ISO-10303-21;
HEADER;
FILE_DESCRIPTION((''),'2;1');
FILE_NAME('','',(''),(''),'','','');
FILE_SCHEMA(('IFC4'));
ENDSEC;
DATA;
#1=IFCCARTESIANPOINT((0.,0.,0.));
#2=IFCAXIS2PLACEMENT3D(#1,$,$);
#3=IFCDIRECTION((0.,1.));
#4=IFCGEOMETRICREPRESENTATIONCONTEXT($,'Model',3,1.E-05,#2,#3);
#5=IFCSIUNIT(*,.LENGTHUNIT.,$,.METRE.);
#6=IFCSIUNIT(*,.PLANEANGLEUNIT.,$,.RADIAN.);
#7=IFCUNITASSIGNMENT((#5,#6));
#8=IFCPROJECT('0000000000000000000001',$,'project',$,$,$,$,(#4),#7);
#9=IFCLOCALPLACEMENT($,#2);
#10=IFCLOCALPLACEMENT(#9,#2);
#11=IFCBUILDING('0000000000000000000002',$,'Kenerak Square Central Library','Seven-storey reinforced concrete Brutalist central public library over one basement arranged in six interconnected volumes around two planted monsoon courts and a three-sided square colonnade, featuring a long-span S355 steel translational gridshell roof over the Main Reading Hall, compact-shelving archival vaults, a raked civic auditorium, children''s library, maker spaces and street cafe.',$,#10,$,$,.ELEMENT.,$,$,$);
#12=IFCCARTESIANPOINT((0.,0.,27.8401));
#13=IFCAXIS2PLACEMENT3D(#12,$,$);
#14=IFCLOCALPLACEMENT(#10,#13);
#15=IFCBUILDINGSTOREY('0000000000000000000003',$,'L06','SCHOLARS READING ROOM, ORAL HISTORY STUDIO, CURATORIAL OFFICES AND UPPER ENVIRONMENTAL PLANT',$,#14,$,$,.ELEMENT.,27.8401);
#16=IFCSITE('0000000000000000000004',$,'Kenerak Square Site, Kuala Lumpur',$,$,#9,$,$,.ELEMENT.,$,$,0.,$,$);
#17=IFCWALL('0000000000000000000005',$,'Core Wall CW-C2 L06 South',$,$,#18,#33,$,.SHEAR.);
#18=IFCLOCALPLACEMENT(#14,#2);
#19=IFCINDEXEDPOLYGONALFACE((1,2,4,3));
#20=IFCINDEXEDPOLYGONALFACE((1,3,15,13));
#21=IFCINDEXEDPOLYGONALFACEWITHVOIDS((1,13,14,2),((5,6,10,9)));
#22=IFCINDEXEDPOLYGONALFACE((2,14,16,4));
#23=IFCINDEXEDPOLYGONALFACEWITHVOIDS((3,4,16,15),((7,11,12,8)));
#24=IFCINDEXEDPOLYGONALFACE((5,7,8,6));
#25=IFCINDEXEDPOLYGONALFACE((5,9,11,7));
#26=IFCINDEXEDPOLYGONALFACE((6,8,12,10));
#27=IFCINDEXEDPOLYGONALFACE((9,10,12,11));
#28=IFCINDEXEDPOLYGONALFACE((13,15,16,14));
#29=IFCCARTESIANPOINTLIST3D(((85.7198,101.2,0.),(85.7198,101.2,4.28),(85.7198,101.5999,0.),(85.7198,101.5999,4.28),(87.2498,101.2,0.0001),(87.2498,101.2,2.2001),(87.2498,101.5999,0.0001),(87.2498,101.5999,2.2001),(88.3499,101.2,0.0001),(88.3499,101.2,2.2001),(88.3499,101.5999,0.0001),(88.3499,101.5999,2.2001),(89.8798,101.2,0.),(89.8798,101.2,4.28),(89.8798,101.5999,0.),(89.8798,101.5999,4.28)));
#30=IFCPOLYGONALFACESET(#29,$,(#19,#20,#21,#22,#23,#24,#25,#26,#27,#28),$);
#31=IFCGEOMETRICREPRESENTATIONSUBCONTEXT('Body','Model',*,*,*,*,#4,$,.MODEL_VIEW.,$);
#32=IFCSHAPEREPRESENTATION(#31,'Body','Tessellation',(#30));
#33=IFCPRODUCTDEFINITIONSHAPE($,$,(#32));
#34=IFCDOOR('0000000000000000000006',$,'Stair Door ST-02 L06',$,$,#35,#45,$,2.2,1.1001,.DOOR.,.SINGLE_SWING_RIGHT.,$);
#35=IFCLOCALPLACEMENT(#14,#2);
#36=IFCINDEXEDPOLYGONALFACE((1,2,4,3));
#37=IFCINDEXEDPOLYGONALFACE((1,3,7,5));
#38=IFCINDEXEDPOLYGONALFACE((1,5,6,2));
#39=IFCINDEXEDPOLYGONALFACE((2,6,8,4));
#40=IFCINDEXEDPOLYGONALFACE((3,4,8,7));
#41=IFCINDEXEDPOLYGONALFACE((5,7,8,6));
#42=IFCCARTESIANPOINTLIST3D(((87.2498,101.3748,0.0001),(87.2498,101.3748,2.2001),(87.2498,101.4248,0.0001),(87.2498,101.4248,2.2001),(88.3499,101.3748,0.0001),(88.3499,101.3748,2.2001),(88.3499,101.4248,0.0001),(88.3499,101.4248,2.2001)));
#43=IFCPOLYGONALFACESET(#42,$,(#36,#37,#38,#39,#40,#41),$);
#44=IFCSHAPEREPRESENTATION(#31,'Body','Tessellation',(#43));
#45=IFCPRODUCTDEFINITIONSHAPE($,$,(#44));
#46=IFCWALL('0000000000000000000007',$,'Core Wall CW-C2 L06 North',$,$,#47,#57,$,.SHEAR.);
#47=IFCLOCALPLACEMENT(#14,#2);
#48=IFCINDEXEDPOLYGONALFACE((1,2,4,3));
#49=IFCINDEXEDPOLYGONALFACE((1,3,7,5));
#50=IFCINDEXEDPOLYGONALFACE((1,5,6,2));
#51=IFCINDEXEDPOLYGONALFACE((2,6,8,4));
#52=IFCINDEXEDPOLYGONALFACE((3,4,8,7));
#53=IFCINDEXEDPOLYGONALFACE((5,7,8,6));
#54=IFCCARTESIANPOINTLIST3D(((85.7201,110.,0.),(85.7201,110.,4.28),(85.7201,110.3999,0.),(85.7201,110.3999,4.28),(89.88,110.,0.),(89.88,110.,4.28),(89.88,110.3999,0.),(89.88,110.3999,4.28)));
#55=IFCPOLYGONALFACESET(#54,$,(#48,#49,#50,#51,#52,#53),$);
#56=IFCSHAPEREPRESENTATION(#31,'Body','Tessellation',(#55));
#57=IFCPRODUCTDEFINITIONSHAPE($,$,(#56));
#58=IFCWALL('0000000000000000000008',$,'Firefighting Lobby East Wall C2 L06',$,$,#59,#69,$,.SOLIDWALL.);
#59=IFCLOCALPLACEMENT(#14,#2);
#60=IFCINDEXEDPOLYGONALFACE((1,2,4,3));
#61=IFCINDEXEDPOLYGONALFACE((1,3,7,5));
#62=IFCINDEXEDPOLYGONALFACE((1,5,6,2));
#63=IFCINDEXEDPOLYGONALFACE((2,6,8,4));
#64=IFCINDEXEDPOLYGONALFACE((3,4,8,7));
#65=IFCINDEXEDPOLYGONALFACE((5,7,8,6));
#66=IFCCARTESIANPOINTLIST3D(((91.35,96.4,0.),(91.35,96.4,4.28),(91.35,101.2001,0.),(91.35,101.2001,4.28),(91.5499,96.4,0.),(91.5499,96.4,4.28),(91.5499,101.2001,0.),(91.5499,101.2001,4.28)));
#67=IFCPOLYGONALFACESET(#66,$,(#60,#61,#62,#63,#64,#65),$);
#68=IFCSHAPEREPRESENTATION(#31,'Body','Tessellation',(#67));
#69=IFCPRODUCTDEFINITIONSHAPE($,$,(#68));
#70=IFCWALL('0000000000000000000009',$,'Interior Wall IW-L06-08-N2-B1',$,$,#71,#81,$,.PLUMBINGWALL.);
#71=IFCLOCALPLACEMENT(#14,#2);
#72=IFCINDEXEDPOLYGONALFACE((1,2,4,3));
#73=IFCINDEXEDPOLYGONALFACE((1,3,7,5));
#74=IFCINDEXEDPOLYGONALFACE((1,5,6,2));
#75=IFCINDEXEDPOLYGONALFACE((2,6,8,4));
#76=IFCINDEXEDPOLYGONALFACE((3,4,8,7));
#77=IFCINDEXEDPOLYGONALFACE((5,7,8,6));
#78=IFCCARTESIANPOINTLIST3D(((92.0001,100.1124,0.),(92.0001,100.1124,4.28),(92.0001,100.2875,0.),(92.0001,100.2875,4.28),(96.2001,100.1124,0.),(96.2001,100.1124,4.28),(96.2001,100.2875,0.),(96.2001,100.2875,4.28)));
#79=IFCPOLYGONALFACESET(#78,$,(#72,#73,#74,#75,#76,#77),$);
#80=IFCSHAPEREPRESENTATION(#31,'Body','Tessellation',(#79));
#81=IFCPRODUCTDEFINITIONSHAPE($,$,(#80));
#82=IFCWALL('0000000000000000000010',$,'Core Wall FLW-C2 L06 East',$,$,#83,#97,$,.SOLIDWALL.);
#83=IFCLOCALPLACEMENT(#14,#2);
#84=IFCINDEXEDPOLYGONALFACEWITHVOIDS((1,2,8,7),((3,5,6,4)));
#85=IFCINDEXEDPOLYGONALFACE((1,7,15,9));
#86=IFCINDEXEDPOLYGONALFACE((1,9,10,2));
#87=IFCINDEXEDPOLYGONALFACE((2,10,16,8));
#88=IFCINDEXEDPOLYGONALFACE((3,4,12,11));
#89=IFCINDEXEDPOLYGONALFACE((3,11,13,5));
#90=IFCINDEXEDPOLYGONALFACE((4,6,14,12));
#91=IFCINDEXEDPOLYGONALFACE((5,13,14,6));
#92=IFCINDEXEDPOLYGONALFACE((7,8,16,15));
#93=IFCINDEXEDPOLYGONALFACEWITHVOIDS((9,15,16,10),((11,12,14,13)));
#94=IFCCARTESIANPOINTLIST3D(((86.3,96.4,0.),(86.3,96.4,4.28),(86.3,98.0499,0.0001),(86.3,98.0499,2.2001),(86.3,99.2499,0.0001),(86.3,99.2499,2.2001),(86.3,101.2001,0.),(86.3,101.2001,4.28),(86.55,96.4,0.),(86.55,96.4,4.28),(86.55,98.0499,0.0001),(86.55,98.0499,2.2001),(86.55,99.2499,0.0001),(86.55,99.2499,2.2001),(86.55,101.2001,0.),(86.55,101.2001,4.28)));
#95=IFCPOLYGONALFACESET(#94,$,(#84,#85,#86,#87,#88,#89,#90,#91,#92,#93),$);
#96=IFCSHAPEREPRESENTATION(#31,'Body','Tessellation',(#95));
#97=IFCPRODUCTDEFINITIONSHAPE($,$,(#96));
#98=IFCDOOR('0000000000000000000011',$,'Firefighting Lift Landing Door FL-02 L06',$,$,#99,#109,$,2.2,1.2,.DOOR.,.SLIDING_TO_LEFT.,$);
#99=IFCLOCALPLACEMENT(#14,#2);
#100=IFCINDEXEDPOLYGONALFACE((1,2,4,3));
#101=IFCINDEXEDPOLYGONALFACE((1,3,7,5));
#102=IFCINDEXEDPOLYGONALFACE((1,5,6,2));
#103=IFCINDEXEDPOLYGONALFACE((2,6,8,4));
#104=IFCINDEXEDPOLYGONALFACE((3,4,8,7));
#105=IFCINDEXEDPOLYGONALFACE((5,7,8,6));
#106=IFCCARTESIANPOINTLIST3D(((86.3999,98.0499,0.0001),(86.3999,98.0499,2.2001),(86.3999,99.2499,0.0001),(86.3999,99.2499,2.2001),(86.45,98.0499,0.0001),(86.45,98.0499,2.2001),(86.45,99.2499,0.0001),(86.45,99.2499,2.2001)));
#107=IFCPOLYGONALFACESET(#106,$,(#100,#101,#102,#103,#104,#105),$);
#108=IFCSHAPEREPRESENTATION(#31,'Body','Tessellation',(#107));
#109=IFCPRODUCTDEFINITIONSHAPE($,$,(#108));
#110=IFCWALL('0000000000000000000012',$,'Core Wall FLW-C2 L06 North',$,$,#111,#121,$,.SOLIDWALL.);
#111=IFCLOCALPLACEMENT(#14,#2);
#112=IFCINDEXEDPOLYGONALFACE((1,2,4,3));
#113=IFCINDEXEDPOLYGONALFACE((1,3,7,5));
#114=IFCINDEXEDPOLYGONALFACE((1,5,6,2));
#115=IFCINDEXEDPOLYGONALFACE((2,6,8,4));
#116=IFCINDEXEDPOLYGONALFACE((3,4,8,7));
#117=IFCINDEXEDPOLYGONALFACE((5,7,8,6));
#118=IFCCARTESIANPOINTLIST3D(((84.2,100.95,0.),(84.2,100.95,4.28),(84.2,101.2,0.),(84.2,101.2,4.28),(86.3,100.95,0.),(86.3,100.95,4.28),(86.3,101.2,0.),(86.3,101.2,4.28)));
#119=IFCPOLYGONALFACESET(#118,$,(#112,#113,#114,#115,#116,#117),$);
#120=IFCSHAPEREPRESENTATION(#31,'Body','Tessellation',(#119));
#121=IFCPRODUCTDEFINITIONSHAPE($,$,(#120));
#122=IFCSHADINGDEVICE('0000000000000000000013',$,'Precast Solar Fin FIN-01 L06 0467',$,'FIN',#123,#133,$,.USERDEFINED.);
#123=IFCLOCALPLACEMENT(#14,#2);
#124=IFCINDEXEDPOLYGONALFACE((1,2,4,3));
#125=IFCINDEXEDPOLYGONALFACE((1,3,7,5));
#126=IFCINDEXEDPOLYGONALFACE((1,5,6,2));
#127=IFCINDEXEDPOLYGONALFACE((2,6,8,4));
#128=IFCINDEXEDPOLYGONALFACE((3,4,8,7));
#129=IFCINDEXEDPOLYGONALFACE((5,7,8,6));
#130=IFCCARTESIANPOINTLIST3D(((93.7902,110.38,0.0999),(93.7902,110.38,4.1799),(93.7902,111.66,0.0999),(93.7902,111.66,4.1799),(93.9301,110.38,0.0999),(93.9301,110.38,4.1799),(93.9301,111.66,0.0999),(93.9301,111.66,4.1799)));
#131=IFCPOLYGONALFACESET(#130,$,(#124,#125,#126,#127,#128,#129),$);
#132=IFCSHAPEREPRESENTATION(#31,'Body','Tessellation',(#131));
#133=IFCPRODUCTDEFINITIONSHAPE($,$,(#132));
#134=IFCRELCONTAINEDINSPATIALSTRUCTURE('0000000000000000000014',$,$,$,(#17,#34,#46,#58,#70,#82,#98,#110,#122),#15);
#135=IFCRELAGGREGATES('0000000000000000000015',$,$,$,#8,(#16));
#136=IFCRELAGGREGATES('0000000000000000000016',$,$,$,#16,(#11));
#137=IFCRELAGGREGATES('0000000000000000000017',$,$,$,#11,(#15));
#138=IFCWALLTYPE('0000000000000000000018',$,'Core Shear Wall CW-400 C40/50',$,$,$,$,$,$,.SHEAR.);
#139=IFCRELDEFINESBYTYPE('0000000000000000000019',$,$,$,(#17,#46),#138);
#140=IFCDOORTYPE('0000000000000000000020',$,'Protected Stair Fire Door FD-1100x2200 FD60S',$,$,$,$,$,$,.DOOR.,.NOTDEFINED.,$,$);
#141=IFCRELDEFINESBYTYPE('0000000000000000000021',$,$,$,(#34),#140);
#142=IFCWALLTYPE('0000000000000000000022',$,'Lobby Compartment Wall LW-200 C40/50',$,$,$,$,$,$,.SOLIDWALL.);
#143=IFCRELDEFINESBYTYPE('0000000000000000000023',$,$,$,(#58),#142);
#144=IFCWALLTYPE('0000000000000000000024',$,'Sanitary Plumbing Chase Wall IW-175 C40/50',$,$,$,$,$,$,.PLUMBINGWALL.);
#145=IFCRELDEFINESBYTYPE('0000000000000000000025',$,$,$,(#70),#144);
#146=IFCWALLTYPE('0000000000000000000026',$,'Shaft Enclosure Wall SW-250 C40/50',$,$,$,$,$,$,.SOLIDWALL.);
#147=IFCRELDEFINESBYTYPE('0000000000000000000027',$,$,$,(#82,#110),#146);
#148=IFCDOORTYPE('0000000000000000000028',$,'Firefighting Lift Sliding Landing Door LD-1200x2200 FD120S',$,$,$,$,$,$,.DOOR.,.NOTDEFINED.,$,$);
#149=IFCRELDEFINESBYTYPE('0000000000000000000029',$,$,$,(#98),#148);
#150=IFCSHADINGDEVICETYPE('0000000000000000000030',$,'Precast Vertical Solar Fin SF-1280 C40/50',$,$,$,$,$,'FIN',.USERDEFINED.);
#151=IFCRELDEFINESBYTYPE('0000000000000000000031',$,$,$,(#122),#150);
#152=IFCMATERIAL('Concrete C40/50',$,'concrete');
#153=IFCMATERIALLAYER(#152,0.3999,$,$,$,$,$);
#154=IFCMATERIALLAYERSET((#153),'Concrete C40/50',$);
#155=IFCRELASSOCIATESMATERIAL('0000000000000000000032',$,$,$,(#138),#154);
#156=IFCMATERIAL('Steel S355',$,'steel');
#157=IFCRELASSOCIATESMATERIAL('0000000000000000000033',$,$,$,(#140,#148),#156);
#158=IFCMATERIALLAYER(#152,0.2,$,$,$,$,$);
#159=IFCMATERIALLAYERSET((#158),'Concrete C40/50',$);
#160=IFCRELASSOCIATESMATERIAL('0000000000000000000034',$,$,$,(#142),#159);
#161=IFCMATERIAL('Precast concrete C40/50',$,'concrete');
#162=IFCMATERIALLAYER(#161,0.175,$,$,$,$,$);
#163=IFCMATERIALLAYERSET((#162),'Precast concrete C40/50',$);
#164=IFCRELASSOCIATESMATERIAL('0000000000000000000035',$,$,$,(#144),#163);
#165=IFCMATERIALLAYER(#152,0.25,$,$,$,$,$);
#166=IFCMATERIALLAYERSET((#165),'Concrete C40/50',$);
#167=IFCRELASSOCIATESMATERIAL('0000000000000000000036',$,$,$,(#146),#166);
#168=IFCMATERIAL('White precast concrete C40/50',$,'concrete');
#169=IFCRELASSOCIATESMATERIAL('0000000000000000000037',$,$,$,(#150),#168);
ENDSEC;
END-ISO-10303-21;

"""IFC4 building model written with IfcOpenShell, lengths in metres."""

from ifc_helpers import new_model, si_unit, direction, frame, frame_2d, origin, origin_2d, place, context, subcontext, project, spatial, rectangle, extrude, material, layer, layer_set, type_object, element, fill, save


model = new_model("IFC4")

# Units and contexts
model_context = context("Model", 3, precision=1e-05, world=origin(), true_north=direction((0.0, 1.0)))
body_context = subcontext(model_context, "Body", "Model", "MODEL_VIEW")
ifc_project = project(units=[si_unit("LENGTHUNIT", "METRE"), si_unit("PLANEANGLEUNIT", "RADIAN")], contexts=[model_context])

# Site, building, storey
site_placement = place(None, origin())
site = spatial("IfcSite", under=ifc_project, at=site_placement, Name="Kenerak Square Site, Kuala Lumpur", CompositionType="ELEMENT", RefElevation=0.0)
building_placement = place(site_placement, origin())
building = spatial("IfcBuilding", under=site, at=building_placement, Name="Kenerak Square Central Library", Description="Seven-storey reinforced concrete Brutalist central public library over one basement arranged in six interconnected volumes around two planted monsoon courts and a three-sided square colonnade, featuring a long-span S355 steel translational gridshell roof over the Main Reading Hall, compact-shelving archival vaults, a raked civic auditorium, children's library, maker spaces and street cafe.", CompositionType="ELEMENT")
storey_placement = place(building_placement, frame((0.0, 0.0, 27.8401)))
storey = spatial("IfcBuildingStorey", under=building, at=storey_placement, Name="L06", Description="SCHOLARS READING ROOM, ORAL HISTORY STUDIO, CURATORIAL OFFICES AND UPPER ENVIRONMENTAL PLANT", CompositionType="ELEMENT", Elevation=27.8401)

# Shared definitions
ifc_material_1 = material(Name="Concrete C40/50", Category="concrete")

# Shared definitions
ifc_layer_1 = layer(ifc_material_1, 0.3999)
ifc_layer_set_1 = layer_set([ifc_layer_1], Name="Concrete C40/50")
wall_type_1 = type_object("IfcWallType", Name="Core Shear Wall CW-400 C40/50", PredefinedType="SHEAR", material=ifc_layer_set_1)

# Wall, opening, door
wall_1_placement = place(storey_placement, frame((89.8799, 101.3999, 0.0), z_axis=(0.0, 0.0, 1.0), x_axis=(-1.0, 0.0, 0.0)))
wall_1 = element("IfcWall", 1, at=wall_1_placement, inside=storey, type_object=wall_type_1, Name="Core Wall CW-C2 L06 South", PredefinedType="SHEAR", context=body_context, shape_type="SweptSolid", body=[
    extrude(rectangle(XDim=4.1599, YDim=0.3999, at=frame_2d((2.0801, 0.0))), origin(), (0.0, 0.0, 1.0), 4.28),
])
opening_1_placement = place(wall_1_placement, frame((1.53, 0.0, 0.0)))
opening_1 = element("IfcOpeningElement", 2, at=opening_1_placement, cuts=wall_1, PredefinedType="OPENING", context=body_context, shape_type="SweptSolid", body=[
    extrude(rectangle(XDim=1.1001, YDim=2.2, at=frame_2d((0.55, 1.1001))), frame((0.0, 0.21, 0.0), z_axis=(0.0, -1.0, 0.0), x_axis=(1.0, 0.0, 0.0)), (0.0, 0.0, 1.0), 0.4199),
])
ifc_material_2 = material(Name="Steel S355", Category="steel")
door_type_1 = type_object("IfcDoorType", Name="Protected Stair Fire Door FD-1100x2200 FD60S", OperationType="NOTDEFINED", PredefinedType="DOOR", material=ifc_material_2)
door_1_placement = place(opening_1_placement, frame((1.1001, 0.0, 0.0), z_axis=(0.0, 0.0, 1.0), x_axis=(-1.0, 0.0, 0.0)))
door_1 = element("IfcDoor", 3, at=door_1_placement, inside=storey, type_object=door_type_1, Name="Stair Door ST-02 L06", OperationType="SINGLE_SWING_RIGHT", OverallHeight=2.2, OverallWidth=1.1001, PredefinedType="DOOR", context=body_context, shape_type="SweptSolid", body=[
    extrude(rectangle(XDim=1.1001, YDim=2.2, at=frame_2d((0.55, 1.1001))), frame((0.0, 0.0249, 0.0), z_axis=(0.0, -1.0, 0.0), x_axis=(1.0, 0.0, 0.0)), (0.0, 0.0, 1.0), 0.05),
])
fill(opening_1, door_1)

# Walls
wall_2_placement = place(storey_placement, frame((85.72, 110.2, 0.0), z_axis=(0.0, 0.0, 1.0), x_axis=(1.0, 0.0, 0.0)))
element("IfcWall", 4, at=wall_2_placement, inside=storey, type_object=wall_type_1, Name="Core Wall CW-C2 L06 North", PredefinedType="SHEAR", context=body_context, shape_type="SweptSolid", body=[
    extrude(rectangle(XDim=4.1599, YDim=0.3999, at=frame_2d((2.0801, 0.0))), origin(), (0.0, 0.0, 1.0), 4.28),
])
ifc_layer_2 = layer(ifc_material_1, 0.2)
ifc_layer_set_2 = layer_set([ifc_layer_2], Name="Concrete C40/50")
wall_type_2 = type_object("IfcWallType", Name="Lobby Compartment Wall LW-200 C40/50", PredefinedType="SOLIDWALL", material=ifc_layer_set_2)
wall_3_placement = place(storey_placement, frame((91.45, 101.2, 0.0), z_axis=(0.0, 0.0, 1.0), x_axis=(0.0, -1.0, 0.0)))
element("IfcWall", 5, at=wall_3_placement, inside=storey, type_object=wall_type_2, Name="Firefighting Lobby East Wall C2 L06", PredefinedType="SOLIDWALL", context=body_context, shape_type="SweptSolid", body=[
    extrude(rectangle(XDim=4.8, YDim=0.2, at=frame_2d((2.3999, 0.0))), origin(), (0.0, 0.0, 1.0), 4.28),
])
ifc_material_3 = material(Name="Precast concrete C40/50", Category="concrete")
ifc_layer_3 = layer(ifc_material_3, 0.175)
ifc_layer_set_3 = layer_set([ifc_layer_3], Name="Precast concrete C40/50")
wall_type_3 = type_object("IfcWallType", Name="Sanitary Plumbing Chase Wall IW-175 C40/50", PredefinedType="PLUMBINGWALL", material=ifc_layer_set_3)
wall_4_placement = place(storey_placement, frame((92.0, 100.2, 0.0), z_axis=(0.0, 0.0, 1.0), x_axis=(1.0, 0.0, 0.0)))
element("IfcWall", 6, at=wall_4_placement, inside=storey, type_object=wall_type_3, Name="Interior Wall IW-L06-08-N2-B1", PredefinedType="PLUMBINGWALL", context=body_context, shape_type="SweptSolid", body=[
    extrude(rectangle(XDim=4.2, YDim=0.175, at=frame_2d((2.1001, 0.0))), origin(), (0.0, 0.0, 1.0), 4.28),
])

# Wall, opening, door
ifc_layer_4 = layer(ifc_material_1, 0.25)
ifc_layer_set_4 = layer_set([ifc_layer_4], Name="Concrete C40/50")
wall_type_4 = type_object("IfcWallType", Name="Shaft Enclosure Wall SW-250 C40/50", PredefinedType="SOLIDWALL", material=ifc_layer_set_4)
wall_5_placement = place(storey_placement, frame((86.425, 101.2, 0.0), z_axis=(0.0, 0.0, 1.0), x_axis=(0.0, -1.0, 0.0)))
wall_5 = element("IfcWall", 7, at=wall_5_placement, inside=storey, type_object=wall_type_4, Name="Core Wall FLW-C2 L06 East", PredefinedType="SOLIDWALL", context=body_context, shape_type="SweptSolid", body=[
    extrude(rectangle(XDim=4.8, YDim=0.25, at=frame_2d((2.3999, 0.0))), origin(), (0.0, 0.0, 1.0), 4.28),
])
opening_2_placement = place(wall_5_placement, frame((1.95, 0.0, 0.0)))
opening_2 = element("IfcOpeningElement", 8, at=opening_2_placement, cuts=wall_5, PredefinedType="OPENING", context=body_context, shape_type="SweptSolid", body=[
    extrude(rectangle(XDim=1.2, YDim=2.2, at=frame_2d((0.6001, 1.1001))), frame((0.0, 0.135, 0.0), z_axis=(0.0, -1.0, 0.0), x_axis=(1.0, 0.0, 0.0)), (0.0, 0.0, 1.0), 0.27),
])
door_type_2 = type_object("IfcDoorType", Name="Firefighting Lift Sliding Landing Door LD-1200x2200 FD120S", OperationType="NOTDEFINED", PredefinedType="DOOR", material=ifc_material_2)
door_2_placement = place(opening_2_placement, origin())
door_2 = element("IfcDoor", 9, at=door_2_placement, inside=storey, type_object=door_type_2, Name="Firefighting Lift Landing Door FL-02 L06", OperationType="SLIDING_TO_LEFT", OverallHeight=2.2, OverallWidth=1.2, PredefinedType="DOOR", context=body_context, shape_type="SweptSolid", body=[
    extrude(rectangle(XDim=1.2, YDim=2.2, at=frame_2d((0.6001, 1.1001))), frame((0.0, 0.0249, 0.0), z_axis=(0.0, -1.0, 0.0), x_axis=(1.0, 0.0, 0.0)), (0.0, 0.0, 1.0), 0.05),
])
fill(opening_2, door_2)

# Wall
wall_6_placement = place(storey_placement, frame((84.2, 101.075, 0.0), z_axis=(0.0, 0.0, 1.0), x_axis=(1.0, 0.0, 0.0)))
element("IfcWall", 10, at=wall_6_placement, inside=storey, type_object=wall_type_4, Name="Core Wall FLW-C2 L06 North", PredefinedType="SOLIDWALL", context=body_context, shape_type="SweptSolid", body=[
    extrude(rectangle(XDim=2.1001, YDim=0.25, at=frame_2d((1.05, 0.0))), origin(), (0.0, 0.0, 1.0), 4.28),
])

# Shading device
ifc_material_4 = material(Name="White precast concrete C40/50", Category="concrete")
shading_device_type = type_object("IfcShadingDeviceType", Name="Precast Vertical Solar Fin SF-1280 C40/50", ElementType="FIN", PredefinedType="USERDEFINED", material=ifc_material_4)
shading_device_placement = place(storey_placement, frame((93.8601, 111.02, 0.0999), z_axis=(0.0, 0.0, 1.0), x_axis=(1.0, 0.0, 0.0)))
element("IfcShadingDevice", 11, at=shading_device_placement, inside=storey, type_object=shading_device_type, Name="Precast Solar Fin FIN-01 L06 0467", ObjectType="FIN", PredefinedType="USERDEFINED", context=body_context, shape_type="SweptSolid", body=[
    extrude(rectangle(XDim=0.1399, YDim=1.28, at=origin_2d()), origin(), (0.0, 0.0, 1.0), 4.0801),
])

save(model, "model.ifc")
